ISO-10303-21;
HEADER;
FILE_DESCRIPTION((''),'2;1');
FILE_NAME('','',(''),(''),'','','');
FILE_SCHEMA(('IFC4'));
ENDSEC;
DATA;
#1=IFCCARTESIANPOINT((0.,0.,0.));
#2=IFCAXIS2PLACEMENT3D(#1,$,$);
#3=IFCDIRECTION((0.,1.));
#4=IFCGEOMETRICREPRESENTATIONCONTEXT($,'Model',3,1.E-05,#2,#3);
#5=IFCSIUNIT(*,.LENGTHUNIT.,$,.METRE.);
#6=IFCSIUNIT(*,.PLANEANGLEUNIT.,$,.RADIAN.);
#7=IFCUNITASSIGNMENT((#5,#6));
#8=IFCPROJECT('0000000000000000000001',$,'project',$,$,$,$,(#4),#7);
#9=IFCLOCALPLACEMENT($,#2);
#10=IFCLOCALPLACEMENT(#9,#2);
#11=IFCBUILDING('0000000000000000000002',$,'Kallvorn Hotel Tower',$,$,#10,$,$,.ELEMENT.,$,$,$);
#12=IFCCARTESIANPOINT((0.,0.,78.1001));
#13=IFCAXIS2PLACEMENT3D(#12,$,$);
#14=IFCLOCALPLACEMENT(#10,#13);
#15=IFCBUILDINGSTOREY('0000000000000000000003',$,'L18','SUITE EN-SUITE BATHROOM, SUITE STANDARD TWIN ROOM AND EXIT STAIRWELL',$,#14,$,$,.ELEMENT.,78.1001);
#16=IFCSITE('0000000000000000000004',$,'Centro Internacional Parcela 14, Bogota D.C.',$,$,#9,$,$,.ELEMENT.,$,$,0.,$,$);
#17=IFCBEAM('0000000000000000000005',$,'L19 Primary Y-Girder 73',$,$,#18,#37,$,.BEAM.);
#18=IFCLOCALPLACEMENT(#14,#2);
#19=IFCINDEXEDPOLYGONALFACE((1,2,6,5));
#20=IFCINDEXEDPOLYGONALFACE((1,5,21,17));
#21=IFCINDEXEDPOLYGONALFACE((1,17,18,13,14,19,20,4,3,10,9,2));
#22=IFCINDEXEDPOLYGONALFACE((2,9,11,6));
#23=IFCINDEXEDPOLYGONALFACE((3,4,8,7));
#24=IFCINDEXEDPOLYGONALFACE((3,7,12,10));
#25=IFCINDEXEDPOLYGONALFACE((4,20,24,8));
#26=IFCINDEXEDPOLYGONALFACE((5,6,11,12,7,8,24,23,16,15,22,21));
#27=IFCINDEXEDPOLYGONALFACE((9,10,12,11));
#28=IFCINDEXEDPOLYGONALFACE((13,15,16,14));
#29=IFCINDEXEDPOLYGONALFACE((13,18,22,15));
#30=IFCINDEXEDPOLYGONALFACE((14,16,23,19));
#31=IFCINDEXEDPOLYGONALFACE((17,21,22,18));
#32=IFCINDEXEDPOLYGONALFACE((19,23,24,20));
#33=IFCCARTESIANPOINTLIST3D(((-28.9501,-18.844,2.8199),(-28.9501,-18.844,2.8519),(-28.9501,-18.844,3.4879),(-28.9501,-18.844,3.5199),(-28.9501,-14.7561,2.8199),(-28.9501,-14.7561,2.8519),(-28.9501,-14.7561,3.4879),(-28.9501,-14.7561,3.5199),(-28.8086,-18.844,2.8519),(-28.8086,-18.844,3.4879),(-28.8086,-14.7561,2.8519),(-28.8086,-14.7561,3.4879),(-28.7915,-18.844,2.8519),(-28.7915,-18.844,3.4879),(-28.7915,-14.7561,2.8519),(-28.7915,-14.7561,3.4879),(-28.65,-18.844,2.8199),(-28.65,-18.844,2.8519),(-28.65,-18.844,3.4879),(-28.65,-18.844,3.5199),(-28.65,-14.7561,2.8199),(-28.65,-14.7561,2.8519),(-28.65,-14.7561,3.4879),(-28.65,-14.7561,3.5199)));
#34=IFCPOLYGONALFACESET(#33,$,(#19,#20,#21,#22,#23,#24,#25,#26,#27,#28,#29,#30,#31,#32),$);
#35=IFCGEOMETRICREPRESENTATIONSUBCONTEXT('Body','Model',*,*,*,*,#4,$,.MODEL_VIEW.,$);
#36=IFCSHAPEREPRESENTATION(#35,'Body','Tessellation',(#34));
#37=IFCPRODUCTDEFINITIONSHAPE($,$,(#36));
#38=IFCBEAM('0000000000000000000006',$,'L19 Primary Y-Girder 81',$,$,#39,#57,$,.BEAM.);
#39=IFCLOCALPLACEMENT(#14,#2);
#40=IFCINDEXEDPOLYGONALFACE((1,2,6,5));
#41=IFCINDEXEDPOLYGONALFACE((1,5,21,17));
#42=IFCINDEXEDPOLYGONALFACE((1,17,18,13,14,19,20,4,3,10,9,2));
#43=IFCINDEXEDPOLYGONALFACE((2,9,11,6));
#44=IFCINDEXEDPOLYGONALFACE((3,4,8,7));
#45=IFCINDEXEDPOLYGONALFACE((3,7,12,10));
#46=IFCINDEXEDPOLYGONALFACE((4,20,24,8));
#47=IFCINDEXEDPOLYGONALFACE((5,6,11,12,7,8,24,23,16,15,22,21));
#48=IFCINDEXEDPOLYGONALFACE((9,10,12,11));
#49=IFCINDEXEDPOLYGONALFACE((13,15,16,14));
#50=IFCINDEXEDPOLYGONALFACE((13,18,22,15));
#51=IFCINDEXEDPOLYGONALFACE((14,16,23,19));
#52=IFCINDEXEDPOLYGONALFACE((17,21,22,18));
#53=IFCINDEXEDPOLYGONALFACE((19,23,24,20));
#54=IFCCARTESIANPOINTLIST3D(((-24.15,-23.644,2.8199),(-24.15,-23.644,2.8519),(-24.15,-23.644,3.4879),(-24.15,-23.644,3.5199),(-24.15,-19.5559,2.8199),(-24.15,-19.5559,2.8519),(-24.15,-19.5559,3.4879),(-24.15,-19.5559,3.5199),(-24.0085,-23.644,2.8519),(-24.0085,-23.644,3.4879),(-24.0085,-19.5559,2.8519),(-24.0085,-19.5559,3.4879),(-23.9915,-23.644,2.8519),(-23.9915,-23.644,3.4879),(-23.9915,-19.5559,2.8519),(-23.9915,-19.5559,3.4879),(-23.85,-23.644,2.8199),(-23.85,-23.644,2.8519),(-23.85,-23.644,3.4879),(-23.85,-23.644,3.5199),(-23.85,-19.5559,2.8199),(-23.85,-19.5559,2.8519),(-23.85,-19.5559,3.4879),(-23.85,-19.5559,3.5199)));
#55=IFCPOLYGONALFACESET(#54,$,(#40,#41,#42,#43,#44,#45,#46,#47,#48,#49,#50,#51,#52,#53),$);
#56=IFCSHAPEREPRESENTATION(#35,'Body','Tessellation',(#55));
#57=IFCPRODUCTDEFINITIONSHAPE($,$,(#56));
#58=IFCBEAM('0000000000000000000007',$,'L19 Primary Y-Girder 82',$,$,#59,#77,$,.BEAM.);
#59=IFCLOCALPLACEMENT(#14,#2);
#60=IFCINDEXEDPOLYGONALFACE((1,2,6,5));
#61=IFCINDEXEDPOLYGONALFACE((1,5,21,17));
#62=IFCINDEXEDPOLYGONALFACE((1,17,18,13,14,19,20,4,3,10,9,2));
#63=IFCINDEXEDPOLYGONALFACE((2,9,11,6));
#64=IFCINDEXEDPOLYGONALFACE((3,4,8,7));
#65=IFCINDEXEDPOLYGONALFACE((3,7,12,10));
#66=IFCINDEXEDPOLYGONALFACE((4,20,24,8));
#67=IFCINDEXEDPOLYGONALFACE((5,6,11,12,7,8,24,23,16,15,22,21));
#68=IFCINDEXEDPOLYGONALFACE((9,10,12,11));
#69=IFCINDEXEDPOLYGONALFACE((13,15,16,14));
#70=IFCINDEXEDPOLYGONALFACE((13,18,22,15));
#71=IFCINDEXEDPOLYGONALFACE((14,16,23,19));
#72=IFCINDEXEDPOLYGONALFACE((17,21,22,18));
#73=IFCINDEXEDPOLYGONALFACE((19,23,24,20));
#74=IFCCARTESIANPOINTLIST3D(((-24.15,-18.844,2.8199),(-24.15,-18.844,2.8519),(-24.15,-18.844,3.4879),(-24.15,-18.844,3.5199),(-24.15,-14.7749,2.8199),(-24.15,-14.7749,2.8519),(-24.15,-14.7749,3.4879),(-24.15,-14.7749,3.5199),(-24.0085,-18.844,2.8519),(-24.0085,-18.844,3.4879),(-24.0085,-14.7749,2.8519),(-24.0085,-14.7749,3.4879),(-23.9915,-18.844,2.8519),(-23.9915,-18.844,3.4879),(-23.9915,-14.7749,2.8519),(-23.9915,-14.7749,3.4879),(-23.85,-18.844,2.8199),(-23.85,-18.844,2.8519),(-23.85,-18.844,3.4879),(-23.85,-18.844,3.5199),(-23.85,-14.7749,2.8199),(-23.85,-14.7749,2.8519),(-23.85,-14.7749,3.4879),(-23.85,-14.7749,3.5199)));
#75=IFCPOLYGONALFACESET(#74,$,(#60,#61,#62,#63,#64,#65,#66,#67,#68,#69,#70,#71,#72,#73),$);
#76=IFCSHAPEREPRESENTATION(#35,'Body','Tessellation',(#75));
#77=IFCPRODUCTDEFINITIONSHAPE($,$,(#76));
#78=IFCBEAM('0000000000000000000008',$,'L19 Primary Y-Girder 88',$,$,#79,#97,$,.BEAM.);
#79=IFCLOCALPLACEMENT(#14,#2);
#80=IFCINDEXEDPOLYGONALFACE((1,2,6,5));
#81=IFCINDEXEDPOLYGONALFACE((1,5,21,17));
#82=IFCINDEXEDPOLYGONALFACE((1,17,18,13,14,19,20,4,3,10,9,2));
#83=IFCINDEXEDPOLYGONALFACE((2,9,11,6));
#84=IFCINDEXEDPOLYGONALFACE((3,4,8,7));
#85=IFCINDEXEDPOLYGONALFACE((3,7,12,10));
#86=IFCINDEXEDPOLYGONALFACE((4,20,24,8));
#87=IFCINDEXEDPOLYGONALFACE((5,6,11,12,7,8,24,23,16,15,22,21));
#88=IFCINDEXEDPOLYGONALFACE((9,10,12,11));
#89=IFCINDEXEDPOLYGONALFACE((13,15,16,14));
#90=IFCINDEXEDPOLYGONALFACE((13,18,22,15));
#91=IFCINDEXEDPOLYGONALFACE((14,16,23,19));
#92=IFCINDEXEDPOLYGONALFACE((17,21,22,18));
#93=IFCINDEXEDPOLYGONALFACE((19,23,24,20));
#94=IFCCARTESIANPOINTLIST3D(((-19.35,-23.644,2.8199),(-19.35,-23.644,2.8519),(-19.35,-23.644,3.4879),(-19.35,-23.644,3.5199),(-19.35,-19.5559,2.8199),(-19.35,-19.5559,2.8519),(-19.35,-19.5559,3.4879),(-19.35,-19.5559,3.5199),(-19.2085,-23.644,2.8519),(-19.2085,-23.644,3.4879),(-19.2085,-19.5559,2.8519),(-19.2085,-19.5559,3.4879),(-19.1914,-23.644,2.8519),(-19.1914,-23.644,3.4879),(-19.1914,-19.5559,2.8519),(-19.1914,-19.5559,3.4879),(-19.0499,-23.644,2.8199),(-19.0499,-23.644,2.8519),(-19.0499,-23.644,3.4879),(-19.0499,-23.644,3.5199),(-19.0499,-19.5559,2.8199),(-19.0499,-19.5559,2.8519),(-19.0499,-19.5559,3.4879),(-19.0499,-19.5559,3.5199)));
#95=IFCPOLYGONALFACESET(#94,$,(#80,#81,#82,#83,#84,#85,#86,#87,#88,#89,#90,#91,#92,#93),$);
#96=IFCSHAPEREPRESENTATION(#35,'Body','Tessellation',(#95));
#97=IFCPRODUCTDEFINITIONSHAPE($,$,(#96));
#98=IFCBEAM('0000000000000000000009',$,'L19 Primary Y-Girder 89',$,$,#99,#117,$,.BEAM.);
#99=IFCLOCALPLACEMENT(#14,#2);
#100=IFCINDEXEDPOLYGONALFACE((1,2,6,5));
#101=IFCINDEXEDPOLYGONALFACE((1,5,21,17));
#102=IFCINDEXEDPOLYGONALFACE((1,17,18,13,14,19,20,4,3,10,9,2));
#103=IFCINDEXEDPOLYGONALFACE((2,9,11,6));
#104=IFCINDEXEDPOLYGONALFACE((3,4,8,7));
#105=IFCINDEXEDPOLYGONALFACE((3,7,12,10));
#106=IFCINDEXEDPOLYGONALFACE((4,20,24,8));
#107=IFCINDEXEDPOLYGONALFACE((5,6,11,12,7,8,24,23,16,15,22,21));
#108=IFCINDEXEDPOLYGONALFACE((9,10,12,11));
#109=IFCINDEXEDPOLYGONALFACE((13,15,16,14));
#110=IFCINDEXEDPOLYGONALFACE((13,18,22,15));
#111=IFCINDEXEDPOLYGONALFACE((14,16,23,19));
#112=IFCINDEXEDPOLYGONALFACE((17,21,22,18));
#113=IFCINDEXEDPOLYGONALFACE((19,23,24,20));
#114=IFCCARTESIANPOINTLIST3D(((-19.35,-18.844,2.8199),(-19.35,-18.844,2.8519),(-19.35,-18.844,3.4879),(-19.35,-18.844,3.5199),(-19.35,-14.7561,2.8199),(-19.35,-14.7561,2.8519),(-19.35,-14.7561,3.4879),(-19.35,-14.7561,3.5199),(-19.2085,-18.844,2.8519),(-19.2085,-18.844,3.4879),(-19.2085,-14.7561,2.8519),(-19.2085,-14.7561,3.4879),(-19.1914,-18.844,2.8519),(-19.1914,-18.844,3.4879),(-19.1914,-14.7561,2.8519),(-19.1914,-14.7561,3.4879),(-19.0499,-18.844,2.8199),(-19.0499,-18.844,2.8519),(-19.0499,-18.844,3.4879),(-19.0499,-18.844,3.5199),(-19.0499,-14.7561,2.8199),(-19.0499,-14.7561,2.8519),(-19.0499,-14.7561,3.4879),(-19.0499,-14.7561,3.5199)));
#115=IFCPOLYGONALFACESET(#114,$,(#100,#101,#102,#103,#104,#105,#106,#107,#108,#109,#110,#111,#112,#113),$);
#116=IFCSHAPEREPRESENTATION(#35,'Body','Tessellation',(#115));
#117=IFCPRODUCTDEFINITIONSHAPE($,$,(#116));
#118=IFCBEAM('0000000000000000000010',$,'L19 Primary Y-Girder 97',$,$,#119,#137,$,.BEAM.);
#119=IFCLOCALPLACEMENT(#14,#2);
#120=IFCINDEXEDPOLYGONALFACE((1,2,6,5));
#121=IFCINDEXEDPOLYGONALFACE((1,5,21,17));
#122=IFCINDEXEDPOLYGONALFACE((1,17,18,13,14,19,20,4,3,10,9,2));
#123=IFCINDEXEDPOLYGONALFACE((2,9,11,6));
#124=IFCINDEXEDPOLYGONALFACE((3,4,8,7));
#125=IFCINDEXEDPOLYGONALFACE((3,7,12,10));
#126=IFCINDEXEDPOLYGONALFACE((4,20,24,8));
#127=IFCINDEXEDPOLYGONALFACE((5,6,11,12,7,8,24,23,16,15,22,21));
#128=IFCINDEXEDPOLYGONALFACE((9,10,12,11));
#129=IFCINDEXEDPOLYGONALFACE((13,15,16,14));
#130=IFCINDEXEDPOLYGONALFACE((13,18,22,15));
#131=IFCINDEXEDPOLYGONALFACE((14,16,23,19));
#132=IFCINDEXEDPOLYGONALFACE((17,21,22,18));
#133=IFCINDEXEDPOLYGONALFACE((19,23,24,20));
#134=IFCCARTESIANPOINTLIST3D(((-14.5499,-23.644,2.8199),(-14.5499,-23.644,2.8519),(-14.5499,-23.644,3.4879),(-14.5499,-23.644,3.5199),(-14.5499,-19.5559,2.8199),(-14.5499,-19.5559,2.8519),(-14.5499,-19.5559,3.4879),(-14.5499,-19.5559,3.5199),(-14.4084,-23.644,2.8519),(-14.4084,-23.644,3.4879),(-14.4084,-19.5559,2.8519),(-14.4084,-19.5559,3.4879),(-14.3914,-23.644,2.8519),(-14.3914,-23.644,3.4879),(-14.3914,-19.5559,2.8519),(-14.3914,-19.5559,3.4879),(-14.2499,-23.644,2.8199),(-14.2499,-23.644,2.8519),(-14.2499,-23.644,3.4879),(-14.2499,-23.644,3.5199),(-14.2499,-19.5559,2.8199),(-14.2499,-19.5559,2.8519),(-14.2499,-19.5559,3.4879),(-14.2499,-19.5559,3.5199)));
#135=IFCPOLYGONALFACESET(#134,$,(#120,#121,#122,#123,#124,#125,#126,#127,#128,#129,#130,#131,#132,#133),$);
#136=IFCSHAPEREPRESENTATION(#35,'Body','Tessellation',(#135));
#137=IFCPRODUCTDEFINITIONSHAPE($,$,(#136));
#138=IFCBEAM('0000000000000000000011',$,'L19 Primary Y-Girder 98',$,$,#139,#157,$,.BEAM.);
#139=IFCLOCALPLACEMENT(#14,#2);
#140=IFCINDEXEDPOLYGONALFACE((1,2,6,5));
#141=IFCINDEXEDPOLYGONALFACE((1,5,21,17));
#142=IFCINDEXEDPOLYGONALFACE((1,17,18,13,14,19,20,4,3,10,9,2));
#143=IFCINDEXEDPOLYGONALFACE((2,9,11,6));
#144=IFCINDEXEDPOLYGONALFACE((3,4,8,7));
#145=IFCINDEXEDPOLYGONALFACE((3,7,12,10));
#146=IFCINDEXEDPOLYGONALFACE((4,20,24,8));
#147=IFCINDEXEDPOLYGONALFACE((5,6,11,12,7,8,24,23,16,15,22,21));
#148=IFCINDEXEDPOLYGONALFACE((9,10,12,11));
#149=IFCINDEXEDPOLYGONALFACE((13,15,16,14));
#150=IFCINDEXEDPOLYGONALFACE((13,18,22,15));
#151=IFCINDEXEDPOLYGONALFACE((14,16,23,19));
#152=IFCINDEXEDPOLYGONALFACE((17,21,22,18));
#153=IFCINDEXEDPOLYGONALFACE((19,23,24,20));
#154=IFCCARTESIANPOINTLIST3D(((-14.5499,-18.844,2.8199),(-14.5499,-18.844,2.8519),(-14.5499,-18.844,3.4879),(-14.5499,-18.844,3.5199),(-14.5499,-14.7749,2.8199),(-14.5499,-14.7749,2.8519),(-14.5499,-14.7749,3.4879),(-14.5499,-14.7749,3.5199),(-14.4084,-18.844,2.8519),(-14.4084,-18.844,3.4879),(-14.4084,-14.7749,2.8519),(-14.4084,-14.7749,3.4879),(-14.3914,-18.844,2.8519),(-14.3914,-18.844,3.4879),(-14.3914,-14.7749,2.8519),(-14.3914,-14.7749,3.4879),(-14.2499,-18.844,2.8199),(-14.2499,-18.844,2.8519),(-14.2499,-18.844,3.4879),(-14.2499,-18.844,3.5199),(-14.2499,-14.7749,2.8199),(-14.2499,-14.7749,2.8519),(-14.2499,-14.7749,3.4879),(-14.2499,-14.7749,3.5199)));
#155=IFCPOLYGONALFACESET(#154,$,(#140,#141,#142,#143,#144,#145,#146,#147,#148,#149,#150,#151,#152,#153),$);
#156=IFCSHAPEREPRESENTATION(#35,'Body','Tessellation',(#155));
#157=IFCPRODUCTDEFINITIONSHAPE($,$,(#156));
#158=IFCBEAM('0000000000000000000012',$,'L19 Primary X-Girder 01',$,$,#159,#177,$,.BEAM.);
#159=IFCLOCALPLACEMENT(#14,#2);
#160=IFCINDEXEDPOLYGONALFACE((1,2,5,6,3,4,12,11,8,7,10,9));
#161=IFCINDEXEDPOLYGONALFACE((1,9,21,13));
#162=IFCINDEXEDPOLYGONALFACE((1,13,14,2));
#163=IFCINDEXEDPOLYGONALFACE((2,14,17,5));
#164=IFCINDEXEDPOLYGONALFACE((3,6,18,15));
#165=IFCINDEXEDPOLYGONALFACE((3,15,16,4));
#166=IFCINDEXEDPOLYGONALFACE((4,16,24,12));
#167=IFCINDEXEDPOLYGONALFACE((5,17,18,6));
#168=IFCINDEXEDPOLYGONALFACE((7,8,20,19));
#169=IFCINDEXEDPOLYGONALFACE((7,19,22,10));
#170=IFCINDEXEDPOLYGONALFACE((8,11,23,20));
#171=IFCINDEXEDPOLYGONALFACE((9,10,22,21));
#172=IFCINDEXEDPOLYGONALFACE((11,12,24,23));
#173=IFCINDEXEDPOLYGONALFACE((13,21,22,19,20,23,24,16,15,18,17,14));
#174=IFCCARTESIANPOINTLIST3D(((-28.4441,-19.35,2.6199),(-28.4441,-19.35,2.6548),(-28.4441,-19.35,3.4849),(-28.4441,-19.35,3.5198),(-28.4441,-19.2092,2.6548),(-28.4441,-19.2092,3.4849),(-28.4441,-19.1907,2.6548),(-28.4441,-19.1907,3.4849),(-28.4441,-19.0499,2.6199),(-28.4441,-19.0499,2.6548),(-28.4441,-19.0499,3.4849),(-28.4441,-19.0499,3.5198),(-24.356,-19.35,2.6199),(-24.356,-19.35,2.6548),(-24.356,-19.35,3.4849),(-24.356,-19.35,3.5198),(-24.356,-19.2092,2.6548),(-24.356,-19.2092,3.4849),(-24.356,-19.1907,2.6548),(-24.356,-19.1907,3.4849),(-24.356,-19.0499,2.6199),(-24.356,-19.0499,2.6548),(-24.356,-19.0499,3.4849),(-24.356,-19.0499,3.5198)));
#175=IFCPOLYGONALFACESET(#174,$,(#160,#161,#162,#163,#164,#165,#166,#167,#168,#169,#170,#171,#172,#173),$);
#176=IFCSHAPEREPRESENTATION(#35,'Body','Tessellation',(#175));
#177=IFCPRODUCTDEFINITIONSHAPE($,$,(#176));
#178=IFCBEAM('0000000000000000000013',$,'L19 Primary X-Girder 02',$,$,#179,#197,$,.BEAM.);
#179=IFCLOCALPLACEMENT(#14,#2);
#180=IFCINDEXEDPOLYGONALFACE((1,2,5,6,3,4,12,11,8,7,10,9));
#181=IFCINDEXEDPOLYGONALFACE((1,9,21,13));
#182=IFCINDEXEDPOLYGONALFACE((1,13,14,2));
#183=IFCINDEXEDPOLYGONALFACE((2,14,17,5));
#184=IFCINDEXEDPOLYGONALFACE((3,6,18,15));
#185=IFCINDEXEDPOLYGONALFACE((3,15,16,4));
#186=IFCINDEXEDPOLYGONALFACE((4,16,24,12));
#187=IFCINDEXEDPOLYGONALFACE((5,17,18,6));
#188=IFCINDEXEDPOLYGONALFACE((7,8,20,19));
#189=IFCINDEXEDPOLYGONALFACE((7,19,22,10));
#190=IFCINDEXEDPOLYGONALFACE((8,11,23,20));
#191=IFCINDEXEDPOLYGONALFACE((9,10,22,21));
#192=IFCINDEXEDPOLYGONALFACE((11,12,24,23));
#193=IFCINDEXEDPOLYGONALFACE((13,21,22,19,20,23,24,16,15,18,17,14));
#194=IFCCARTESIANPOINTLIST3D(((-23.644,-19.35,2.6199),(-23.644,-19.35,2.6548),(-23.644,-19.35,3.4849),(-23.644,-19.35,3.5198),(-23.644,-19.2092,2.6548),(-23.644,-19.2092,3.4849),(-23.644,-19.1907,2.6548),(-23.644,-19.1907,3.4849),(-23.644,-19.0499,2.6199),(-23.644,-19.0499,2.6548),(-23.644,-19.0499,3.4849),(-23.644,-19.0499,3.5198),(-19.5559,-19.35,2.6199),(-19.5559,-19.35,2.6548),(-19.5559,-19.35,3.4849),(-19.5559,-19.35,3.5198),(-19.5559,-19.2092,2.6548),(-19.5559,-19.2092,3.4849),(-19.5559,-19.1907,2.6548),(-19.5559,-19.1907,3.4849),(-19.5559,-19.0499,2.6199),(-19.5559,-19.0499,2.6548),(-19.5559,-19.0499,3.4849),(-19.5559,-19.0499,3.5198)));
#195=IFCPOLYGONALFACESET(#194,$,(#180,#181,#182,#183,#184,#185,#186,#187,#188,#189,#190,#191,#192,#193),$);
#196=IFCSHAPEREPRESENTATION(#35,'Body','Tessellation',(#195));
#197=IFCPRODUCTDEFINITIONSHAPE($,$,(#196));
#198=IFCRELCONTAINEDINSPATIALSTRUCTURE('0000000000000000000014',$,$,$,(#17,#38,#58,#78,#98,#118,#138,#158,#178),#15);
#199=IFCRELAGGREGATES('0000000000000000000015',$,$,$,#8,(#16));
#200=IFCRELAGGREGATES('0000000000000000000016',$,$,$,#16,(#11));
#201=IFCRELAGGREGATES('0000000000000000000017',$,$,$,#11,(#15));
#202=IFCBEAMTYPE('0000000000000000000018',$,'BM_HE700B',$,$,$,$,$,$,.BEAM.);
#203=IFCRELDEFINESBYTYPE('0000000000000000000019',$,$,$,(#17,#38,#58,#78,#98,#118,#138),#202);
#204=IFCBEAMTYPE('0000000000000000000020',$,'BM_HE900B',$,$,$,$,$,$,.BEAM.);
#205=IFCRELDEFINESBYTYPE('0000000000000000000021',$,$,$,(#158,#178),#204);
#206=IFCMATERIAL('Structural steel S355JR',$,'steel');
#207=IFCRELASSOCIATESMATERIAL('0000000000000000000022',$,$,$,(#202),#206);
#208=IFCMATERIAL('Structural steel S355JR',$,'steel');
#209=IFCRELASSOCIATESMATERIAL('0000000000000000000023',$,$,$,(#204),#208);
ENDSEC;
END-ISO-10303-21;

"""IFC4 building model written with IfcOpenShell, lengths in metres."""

from ifc_helpers import new_model, si_unit, direction, frame, origin, origin_2d, place, context, subcontext, project, spatial, i_section, extrude, material, material_profile, profile_set, type_object, element, save


model = new_model("IFC4")

# Units and contexts
model_context = context("Model", 3, precision=1e-05, world=origin(), true_north=direction((0.0, 1.0)))
body_context = subcontext(model_context, "Body", "Model", "MODEL_VIEW")
ifc_project = project(units=[si_unit("LENGTHUNIT", "METRE"), si_unit("PLANEANGLEUNIT", "RADIAN")], contexts=[model_context])

# Site, building, storey
site_placement = place(None, origin())
site = spatial("IfcSite", under=ifc_project, at=site_placement, Name="Centro Internacional Parcela 14, Bogota D.C.", CompositionType="ELEMENT", RefElevation=0.0)
building_placement = place(site_placement, origin())
building = spatial("IfcBuilding", under=site, at=building_placement, Name="Kallvorn Hotel Tower", CompositionType="ELEMENT")
storey_placement = place(building_placement, frame((0.0, 0.0, 78.1001)))
storey = spatial("IfcBuildingStorey", under=building, at=storey_placement, Name="L18", Description="SUITE EN-SUITE BATHROOM, SUITE STANDARD TWIN ROOM AND EXIT STAIRWELL", CompositionType="ELEMENT", Elevation=78.1001)

# Beams
ifc_material_1 = material(Name="Structural steel S355JR", Category="steel")
ifc_material_profile_1 = material_profile(ifc_material_1, i_section(OverallWidth=0.3, OverallDepth=0.7, WebThickness=0.0171, FlangeThickness=0.032, at=origin_2d()), Name="HE 700 B")
ifc_profile_set_1 = profile_set([ifc_material_profile_1], Name="Structural steel S355JR")
beam_type_1 = type_object("IfcBeamType", Name="BM_HE700B", PredefinedType="BEAM", material=ifc_profile_set_1)
beam_1_placement = place(storey_placement, frame((-28.8, -18.844, 3.1699), z_axis=(0.0, 1.0, 0.0), x_axis=(-1.0, 0.0, 0.0)))
element("IfcBeam", 1, at=beam_1_placement, inside=storey, type_object=beam_type_1, Name="L19 Primary Y-Girder 73", PredefinedType="BEAM", context=body_context, shape_type="SweptSolid", body=[
    extrude(i_section(OverallWidth=0.3, OverallDepth=0.7, WebThickness=0.0171, FlangeThickness=0.032, at=origin_2d()), origin(), (0.0, 0.0, 1.0), 4.0879),
])
beam_2_placement = place(storey_placement, frame((-24.0, -23.644, 3.1699), z_axis=(0.0, 1.0, 0.0), x_axis=(-1.0, 0.0, 0.0)))
element("IfcBeam", 2, at=beam_2_placement, inside=storey, type_object=beam_type_1, Name="L19 Primary Y-Girder 81", PredefinedType="BEAM", context=body_context, shape_type="SweptSolid", body=[
    extrude(i_section(OverallWidth=0.3, OverallDepth=0.7, WebThickness=0.0171, FlangeThickness=0.032, at=origin_2d()), origin(), (0.0, 0.0, 1.0), 4.0881),
])
beam_3_placement = place(storey_placement, frame((-24.0, -18.844, 3.1699), z_axis=(0.0, 1.0, 0.0), x_axis=(-1.0, 0.0, 0.0)))
element("IfcBeam", 3, at=beam_3_placement, inside=storey, type_object=beam_type_1, Name="L19 Primary Y-Girder 82", PredefinedType="BEAM", context=body_context, shape_type="SweptSolid", body=[
    extrude(i_section(OverallWidth=0.3, OverallDepth=0.7, WebThickness=0.0171, FlangeThickness=0.032, at=origin_2d()), origin(), (0.0, 0.0, 1.0), 4.0691),
])
beam_4_placement = place(storey_placement, frame((-19.2, -23.644, 3.1699), z_axis=(0.0, 1.0, 0.0), x_axis=(-1.0, 0.0, 0.0)))
element("IfcBeam", 4, at=beam_4_placement, inside=storey, type_object=beam_type_1, Name="L19 Primary Y-Girder 88", PredefinedType="BEAM", context=body_context, shape_type="SweptSolid", body=[
    extrude(i_section(OverallWidth=0.3, OverallDepth=0.7, WebThickness=0.0171, FlangeThickness=0.032, at=origin_2d()), origin(), (0.0, 0.0, 1.0), 4.0881),
])
beam_5_placement = place(storey_placement, frame((-19.2, -18.844, 3.1699), z_axis=(0.0, 1.0, 0.0), x_axis=(-1.0, 0.0, 0.0)))
element("IfcBeam", 5, at=beam_5_placement, inside=storey, type_object=beam_type_1, Name="L19 Primary Y-Girder 89", PredefinedType="BEAM", context=body_context, shape_type="SweptSolid", body=[
    extrude(i_section(OverallWidth=0.3, OverallDepth=0.7, WebThickness=0.0171, FlangeThickness=0.032, at=origin_2d()), origin(), (0.0, 0.0, 1.0), 4.0879),
])
beam_6_placement = place(storey_placement, frame((-14.3999, -23.644, 3.1699), z_axis=(0.0, 1.0, 0.0), x_axis=(-1.0, 0.0, 0.0)))
element("IfcBeam", 6, at=beam_6_placement, inside=storey, type_object=beam_type_1, Name="L19 Primary Y-Girder 97", PredefinedType="BEAM", context=body_context, shape_type="SweptSolid", body=[
    extrude(i_section(OverallWidth=0.3, OverallDepth=0.7, WebThickness=0.0171, FlangeThickness=0.032, at=origin_2d()), origin(), (0.0, 0.0, 1.0), 4.0881),
])
beam_7_placement = place(storey_placement, frame((-14.3999, -18.844, 3.1699), z_axis=(0.0, 1.0, 0.0), x_axis=(-1.0, 0.0, 0.0)))
element("IfcBeam", 7, at=beam_7_placement, inside=storey, type_object=beam_type_1, Name="L19 Primary Y-Girder 98", PredefinedType="BEAM", context=body_context, shape_type="SweptSolid", body=[
    extrude(i_section(OverallWidth=0.3, OverallDepth=0.7, WebThickness=0.0171, FlangeThickness=0.032, at=origin_2d()), origin(), (0.0, 0.0, 1.0), 4.0691),
])
ifc_material_2 = material(Name="Structural steel S355JR", Category="steel")
ifc_material_profile_2 = material_profile(ifc_material_2, i_section(OverallWidth=0.3, OverallDepth=0.8999, WebThickness=0.0186, FlangeThickness=0.0349, at=origin_2d()), Name="HE 900 B")
ifc_profile_set_2 = profile_set([ifc_material_profile_2], Name="Structural steel S355JR")
beam_type_2 = type_object("IfcBeamType", Name="BM_HE900B", PredefinedType="BEAM", material=ifc_profile_set_2)
for number, where, z_axis, x_axis, name in (
    (8, (-28.4441, -19.2, 3.0698), (1.0, 0.0, 0.0), (0.0, 1.0, 0.0), "L19 Primary X-Girder 01"),
    (9, (-23.644, -19.2, 3.0698), (1.0, 0.0, 0.0), (0.0, 1.0, 0.0), "L19 Primary X-Girder 02"),
):
    element("IfcBeam", number, at=place(storey_placement, frame(where, z_axis=z_axis, x_axis=x_axis)), inside=storey, type_object=beam_type_2, Name=name, PredefinedType="BEAM", context=body_context, shape_type="SweptSolid", body=[
        extrude(i_section(OverallWidth=0.3, OverallDepth=0.8999, WebThickness=0.0186, FlangeThickness=0.0349, at=origin_2d()), origin(), (0.0, 0.0, 1.0), 4.0881),
    ])

save(model, "model.ifc")
